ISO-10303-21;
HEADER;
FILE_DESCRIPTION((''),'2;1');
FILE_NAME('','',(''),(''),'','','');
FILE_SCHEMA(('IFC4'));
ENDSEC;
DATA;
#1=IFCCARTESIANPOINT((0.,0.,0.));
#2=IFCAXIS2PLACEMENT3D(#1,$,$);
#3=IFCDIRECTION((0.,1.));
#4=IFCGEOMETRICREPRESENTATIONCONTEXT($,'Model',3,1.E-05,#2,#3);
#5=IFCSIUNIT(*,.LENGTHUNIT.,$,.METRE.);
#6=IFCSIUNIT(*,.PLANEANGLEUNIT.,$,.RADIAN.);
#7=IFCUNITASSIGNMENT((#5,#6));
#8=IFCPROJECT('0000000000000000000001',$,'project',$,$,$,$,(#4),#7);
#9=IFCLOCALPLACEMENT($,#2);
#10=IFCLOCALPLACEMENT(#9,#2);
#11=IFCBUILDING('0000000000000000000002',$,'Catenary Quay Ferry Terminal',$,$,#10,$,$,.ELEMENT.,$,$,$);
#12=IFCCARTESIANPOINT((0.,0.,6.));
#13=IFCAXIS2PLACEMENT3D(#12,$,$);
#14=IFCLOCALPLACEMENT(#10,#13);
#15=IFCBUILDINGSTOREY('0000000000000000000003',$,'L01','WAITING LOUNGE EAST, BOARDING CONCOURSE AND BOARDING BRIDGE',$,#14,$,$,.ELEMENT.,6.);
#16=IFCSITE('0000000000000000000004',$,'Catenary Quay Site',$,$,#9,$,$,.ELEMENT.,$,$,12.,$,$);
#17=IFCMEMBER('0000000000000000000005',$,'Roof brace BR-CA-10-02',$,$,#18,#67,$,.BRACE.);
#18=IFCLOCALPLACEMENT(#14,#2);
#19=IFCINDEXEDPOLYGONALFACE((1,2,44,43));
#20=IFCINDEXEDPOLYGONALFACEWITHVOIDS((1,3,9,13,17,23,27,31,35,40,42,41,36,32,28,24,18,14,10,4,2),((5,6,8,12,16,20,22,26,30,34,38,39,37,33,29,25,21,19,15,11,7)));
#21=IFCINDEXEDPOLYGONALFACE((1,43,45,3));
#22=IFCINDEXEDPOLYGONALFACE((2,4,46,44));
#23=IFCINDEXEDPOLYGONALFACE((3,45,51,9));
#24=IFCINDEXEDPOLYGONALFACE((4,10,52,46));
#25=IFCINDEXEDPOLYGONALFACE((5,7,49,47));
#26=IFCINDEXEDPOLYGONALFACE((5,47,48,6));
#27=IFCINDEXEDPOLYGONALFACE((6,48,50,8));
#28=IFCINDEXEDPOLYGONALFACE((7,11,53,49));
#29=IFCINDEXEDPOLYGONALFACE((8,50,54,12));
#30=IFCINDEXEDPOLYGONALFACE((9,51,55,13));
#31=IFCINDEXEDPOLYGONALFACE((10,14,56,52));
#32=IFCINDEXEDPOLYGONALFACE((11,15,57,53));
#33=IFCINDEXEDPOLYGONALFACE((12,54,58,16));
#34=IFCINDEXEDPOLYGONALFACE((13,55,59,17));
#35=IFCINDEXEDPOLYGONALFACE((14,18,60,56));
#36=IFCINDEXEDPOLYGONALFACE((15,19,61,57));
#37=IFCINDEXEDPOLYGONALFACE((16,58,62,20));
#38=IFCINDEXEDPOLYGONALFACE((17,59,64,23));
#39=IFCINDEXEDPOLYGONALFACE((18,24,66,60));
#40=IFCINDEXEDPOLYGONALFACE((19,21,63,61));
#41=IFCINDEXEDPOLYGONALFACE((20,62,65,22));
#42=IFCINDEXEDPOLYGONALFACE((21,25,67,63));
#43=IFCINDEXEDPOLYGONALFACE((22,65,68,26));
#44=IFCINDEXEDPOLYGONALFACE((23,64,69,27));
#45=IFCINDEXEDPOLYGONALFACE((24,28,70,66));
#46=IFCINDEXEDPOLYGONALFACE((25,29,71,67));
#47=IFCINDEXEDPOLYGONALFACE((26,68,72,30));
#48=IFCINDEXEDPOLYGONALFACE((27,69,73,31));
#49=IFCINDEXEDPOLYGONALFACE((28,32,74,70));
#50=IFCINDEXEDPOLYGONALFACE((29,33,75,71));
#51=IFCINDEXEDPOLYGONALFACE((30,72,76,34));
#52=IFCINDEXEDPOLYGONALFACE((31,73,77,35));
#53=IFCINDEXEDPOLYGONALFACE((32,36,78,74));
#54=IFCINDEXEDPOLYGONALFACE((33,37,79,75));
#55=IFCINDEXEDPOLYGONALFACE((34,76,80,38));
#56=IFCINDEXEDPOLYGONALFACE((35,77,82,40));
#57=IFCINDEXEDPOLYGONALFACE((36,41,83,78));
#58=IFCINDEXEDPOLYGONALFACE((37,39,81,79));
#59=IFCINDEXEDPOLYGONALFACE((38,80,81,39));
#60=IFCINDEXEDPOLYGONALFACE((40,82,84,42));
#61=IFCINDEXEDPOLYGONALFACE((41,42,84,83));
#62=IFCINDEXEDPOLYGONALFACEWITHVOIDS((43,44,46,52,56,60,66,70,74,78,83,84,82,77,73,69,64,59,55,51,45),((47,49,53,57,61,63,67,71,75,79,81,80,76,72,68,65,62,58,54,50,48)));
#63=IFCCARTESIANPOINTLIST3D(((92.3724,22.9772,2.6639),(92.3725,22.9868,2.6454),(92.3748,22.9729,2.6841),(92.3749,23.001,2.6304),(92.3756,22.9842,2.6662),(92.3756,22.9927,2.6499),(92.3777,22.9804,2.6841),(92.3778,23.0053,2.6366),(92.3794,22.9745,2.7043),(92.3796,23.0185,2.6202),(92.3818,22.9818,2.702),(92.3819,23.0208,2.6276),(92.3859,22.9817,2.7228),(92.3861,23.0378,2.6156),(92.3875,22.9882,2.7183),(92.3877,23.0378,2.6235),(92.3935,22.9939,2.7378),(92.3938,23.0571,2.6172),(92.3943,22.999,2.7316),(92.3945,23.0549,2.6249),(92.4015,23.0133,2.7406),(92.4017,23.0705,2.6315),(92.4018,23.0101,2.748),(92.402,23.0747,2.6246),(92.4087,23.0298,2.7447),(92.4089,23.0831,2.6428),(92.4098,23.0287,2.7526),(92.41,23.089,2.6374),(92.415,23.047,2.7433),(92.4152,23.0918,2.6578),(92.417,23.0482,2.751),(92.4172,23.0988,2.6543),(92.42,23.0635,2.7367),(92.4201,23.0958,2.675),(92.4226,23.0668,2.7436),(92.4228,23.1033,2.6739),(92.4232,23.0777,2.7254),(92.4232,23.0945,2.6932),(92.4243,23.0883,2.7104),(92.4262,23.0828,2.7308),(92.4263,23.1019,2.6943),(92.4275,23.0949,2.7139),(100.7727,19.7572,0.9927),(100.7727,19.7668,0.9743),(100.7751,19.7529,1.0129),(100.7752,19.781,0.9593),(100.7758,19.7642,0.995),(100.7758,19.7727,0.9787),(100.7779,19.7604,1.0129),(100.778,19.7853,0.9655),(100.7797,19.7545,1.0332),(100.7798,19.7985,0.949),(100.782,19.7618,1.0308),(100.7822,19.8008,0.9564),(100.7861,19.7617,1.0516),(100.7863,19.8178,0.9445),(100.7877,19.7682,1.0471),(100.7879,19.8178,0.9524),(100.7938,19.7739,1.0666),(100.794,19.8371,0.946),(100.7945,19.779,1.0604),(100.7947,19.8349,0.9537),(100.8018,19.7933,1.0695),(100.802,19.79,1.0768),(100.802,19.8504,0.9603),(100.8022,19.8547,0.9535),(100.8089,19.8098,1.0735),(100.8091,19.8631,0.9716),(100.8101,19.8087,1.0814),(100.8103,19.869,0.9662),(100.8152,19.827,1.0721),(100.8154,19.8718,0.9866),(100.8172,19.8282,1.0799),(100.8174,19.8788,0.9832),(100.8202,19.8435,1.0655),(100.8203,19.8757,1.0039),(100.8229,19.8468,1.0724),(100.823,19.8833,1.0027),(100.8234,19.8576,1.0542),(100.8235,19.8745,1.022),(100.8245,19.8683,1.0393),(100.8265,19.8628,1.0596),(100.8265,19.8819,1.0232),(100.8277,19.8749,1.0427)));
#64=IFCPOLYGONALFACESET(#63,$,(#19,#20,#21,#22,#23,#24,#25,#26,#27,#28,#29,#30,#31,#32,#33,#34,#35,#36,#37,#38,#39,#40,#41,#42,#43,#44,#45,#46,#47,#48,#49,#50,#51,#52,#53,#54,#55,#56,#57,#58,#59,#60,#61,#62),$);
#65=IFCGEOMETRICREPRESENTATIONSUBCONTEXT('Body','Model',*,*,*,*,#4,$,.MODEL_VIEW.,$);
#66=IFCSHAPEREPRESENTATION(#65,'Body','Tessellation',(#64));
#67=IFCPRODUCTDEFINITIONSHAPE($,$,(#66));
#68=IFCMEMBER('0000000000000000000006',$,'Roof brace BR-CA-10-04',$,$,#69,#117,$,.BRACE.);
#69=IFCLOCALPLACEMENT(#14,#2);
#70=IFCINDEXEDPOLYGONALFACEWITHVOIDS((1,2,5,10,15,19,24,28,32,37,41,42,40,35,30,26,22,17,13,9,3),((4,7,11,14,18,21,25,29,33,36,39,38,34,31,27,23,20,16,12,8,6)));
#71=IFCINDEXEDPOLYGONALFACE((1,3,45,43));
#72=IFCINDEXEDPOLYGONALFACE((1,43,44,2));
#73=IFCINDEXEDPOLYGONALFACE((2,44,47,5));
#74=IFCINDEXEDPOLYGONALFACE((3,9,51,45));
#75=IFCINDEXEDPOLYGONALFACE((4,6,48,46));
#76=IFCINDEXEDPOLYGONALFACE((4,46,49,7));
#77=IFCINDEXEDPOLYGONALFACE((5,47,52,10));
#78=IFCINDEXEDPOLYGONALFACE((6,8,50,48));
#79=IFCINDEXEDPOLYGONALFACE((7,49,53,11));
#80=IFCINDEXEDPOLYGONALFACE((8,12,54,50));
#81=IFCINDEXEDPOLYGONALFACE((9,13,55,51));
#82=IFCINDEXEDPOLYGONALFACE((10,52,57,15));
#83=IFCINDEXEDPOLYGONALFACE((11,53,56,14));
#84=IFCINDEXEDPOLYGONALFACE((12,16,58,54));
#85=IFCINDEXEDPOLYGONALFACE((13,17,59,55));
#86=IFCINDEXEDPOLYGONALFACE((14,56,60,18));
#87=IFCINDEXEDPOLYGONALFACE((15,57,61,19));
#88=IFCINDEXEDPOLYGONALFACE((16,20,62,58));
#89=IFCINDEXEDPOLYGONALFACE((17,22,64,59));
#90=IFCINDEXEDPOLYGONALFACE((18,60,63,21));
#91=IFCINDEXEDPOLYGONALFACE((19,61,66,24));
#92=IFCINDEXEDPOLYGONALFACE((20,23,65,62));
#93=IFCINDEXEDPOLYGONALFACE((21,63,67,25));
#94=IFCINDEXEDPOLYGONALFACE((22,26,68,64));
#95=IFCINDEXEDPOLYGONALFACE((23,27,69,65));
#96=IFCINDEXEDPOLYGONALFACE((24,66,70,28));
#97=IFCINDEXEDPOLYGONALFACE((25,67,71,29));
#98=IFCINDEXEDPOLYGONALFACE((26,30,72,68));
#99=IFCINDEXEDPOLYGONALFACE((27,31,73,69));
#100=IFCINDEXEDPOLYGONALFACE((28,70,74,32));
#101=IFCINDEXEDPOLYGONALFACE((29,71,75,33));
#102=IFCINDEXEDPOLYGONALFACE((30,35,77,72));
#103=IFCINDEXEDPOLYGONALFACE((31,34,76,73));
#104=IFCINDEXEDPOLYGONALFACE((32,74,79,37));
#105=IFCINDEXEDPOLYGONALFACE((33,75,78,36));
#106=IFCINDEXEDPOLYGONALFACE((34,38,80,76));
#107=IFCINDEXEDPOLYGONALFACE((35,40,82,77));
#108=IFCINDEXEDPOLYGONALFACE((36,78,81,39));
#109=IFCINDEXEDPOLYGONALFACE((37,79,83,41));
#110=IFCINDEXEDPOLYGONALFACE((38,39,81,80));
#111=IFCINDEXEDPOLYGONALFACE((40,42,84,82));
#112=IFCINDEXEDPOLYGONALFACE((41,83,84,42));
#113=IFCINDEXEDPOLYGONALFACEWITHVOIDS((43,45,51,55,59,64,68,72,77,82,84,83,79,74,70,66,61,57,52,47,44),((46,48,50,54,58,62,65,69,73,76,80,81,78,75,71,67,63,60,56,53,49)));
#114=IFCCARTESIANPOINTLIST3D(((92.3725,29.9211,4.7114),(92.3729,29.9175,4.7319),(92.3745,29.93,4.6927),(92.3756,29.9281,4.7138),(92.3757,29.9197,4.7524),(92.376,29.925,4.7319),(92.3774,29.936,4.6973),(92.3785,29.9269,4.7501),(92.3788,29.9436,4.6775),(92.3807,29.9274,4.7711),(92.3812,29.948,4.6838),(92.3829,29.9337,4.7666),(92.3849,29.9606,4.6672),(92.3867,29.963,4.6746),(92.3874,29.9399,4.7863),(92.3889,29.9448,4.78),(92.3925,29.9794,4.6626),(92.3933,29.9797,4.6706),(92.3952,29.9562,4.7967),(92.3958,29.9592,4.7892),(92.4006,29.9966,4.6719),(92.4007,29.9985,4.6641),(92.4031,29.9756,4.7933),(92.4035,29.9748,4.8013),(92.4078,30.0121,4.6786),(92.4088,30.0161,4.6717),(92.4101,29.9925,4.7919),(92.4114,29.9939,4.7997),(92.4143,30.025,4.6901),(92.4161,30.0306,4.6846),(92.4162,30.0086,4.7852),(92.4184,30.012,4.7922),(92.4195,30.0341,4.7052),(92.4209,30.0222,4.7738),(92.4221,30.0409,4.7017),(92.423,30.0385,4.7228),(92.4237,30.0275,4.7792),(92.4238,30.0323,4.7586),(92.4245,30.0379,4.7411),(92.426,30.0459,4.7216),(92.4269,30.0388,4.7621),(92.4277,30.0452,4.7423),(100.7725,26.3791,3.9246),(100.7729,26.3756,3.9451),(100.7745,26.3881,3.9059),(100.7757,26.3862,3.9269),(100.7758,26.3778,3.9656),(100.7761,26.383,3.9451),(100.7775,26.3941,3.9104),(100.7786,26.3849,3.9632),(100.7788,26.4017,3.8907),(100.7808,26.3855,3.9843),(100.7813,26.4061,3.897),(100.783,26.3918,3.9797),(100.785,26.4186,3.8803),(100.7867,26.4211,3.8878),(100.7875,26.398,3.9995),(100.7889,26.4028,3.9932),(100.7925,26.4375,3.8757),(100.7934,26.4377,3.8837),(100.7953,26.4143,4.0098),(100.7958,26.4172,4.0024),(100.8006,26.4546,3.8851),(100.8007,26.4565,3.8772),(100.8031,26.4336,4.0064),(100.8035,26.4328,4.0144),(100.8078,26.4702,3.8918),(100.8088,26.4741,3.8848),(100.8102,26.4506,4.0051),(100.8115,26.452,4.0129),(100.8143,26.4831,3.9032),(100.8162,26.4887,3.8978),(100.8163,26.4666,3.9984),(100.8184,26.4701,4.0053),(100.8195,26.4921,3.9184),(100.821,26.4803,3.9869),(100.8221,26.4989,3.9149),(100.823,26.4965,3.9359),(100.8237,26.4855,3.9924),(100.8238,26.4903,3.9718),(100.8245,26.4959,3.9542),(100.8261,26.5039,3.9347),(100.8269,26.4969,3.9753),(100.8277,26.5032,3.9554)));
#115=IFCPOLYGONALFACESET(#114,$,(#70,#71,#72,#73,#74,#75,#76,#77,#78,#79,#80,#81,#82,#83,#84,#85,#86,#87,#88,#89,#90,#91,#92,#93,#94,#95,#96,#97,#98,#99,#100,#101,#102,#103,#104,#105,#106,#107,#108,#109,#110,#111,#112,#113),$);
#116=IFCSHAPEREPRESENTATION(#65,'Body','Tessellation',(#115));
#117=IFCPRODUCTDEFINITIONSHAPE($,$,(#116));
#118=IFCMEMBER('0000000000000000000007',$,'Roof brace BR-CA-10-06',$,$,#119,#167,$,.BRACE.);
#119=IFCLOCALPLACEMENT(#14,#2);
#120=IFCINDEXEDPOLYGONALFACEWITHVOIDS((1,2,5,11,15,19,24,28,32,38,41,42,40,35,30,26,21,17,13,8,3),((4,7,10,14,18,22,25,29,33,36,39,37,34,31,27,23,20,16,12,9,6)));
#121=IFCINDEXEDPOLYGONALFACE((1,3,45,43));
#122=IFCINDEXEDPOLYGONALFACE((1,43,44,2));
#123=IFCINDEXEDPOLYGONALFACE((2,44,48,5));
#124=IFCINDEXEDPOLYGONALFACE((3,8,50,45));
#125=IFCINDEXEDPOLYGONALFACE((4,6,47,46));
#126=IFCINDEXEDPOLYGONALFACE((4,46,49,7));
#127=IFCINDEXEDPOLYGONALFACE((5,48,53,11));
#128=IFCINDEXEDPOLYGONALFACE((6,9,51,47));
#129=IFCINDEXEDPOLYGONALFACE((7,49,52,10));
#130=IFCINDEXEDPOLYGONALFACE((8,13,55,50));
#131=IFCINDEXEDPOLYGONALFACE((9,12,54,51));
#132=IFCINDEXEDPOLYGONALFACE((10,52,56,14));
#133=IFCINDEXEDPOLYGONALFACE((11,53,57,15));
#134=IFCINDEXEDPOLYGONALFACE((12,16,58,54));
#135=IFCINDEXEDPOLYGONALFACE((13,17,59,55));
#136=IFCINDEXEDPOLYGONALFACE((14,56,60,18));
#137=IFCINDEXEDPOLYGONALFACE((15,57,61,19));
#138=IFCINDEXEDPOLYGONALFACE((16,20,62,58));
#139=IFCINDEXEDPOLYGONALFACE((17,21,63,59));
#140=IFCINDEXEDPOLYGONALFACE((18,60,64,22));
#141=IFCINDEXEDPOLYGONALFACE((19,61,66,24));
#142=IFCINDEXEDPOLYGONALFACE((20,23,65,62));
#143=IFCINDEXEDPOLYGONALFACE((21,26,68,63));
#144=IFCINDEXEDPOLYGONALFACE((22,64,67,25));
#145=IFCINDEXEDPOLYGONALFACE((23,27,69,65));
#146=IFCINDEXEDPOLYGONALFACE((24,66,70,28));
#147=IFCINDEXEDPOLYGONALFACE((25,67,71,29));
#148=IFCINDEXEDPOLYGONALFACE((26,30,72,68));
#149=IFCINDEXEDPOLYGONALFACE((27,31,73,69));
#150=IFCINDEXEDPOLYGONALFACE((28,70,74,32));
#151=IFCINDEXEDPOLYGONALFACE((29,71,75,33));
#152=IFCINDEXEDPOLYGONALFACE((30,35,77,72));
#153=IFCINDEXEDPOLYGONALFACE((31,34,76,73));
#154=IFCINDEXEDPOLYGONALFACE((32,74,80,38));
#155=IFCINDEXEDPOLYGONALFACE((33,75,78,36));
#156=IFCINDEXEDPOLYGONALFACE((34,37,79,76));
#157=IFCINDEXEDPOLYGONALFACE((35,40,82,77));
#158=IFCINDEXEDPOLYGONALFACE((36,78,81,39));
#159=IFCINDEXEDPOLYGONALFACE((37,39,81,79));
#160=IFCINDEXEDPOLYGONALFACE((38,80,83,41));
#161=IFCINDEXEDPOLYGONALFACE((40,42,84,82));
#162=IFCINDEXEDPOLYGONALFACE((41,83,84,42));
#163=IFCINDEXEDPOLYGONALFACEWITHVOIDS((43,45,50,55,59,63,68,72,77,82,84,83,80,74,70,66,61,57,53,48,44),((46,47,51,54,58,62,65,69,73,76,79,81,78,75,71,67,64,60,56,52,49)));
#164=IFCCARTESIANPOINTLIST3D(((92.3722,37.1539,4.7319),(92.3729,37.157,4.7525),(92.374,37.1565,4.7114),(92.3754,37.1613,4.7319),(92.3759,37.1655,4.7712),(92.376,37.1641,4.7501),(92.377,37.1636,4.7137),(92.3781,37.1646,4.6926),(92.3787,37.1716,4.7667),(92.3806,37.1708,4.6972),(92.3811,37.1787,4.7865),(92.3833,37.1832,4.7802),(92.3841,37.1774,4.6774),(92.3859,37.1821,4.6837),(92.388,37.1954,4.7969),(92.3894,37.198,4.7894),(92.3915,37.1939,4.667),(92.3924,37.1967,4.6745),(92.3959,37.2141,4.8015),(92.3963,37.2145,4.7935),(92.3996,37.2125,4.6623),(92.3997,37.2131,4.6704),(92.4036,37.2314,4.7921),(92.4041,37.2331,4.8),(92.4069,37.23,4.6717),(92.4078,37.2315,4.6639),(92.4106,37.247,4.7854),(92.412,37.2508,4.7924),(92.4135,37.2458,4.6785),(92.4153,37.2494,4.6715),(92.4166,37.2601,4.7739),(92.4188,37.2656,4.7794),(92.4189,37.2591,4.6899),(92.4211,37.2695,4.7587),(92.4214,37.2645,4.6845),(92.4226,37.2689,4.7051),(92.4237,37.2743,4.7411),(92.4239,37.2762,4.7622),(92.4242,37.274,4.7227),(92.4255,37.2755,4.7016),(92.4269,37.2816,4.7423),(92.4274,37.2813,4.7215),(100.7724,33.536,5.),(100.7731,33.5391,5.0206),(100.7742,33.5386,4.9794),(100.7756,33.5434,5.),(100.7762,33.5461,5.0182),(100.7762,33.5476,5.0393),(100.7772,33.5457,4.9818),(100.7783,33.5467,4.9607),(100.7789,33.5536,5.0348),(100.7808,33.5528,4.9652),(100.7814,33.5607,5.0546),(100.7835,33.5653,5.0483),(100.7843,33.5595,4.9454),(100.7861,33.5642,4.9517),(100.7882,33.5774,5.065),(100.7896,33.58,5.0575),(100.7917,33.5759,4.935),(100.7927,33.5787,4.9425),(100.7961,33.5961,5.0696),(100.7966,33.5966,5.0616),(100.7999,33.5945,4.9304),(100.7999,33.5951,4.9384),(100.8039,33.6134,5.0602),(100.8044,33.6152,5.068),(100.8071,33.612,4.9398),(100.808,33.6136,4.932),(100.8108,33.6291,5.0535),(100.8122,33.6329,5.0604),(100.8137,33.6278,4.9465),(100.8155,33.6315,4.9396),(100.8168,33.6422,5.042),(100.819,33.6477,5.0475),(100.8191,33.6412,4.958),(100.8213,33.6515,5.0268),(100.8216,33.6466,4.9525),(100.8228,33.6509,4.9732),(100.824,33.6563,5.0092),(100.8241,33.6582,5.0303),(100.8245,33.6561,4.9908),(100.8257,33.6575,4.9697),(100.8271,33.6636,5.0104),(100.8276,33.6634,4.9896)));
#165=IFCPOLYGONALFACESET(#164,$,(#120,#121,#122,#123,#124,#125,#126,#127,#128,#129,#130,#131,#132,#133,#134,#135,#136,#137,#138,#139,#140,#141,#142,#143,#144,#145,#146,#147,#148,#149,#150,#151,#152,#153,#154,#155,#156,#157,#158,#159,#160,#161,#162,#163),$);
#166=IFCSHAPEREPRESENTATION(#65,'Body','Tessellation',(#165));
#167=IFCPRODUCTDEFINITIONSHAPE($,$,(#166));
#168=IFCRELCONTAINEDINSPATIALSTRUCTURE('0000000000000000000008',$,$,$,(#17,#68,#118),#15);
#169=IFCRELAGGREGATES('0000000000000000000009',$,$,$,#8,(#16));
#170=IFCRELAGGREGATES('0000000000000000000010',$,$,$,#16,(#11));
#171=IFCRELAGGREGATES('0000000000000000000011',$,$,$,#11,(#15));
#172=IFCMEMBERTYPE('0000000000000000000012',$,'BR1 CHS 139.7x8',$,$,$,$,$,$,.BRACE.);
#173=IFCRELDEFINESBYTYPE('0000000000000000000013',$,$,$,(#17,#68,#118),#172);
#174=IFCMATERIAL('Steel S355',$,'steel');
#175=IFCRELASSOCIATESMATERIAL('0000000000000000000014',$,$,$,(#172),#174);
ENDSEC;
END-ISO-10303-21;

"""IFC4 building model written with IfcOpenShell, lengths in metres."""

from ifc_helpers import new_model, si_unit, direction, frame, origin, origin_2d, place, context, subcontext, project, spatial, hollow_circle, extrude, material, material_profile, profile_set, type_object, element, save


model = new_model("IFC4")

# Units and contexts
model_context = context("Model", 3, precision=1e-05, world=origin(), true_north=direction((0.0, 1.0)))
body_context = subcontext(model_context, "Body", "Model", "MODEL_VIEW")
ifc_project = project(units=[si_unit("LENGTHUNIT", "METRE"), si_unit("PLANEANGLEUNIT", "RADIAN")], contexts=[model_context])

# Site, building, storey
site_placement = place(None, origin())
site = spatial("IfcSite", under=ifc_project, at=site_placement, Name="Catenary Quay Site", CompositionType="ELEMENT", RefElevation=12.0)
building_placement = place(site_placement, origin())
building = spatial("IfcBuilding", under=site, at=building_placement, Name="Catenary Quay Ferry Terminal", CompositionType="ELEMENT")
storey_placement = place(building_placement, frame((0.0, 0.0, 6.0)))
storey = spatial("IfcBuildingStorey", under=building, at=storey_placement, Name="L01", Description="WAITING LOUNGE EAST, BOARDING CONCOURSE AND BOARDING BRIDGE", CompositionType="ELEMENT", Elevation=6.0)

# Members
ifc_material_1 = material(Name="Steel S355", Category="steel")
ifc_material_profile_1 = material_profile(ifc_material_1, hollow_circle(Radius=0.0698, WallThickness=0.0081, at=origin_2d()), Name="CHS 139.7x8")
ifc_profile_set_1 = profile_set([ifc_material_profile_1], Name="Steel S355")
member_type_1 = type_object("IfcMemberType", Name="BR1 CHS 139.7x8", PredefinedType="BRACE", material=ifc_profile_set_1)
for number, where, z_axis, x_axis, name in (
    (1, (100.8, 19.8181, 1.0129), (-0.918044, 0.351907, 0.182638), (-0.357928, -0.933749, 0.0), "Roof brace BR-CA-10-02"),
    (2, (100.8, 26.4399, 3.9451), (-0.918022, 0.387092, 0.085994), (-0.388531, -0.921436, 0.0), "Roof brace BR-CA-10-04"),
    (3, (100.8, 33.6001, 5.0), (-0.918042, 0.395398, -0.029297), (-0.395568, -0.918437, 0.0), "Roof brace BR-CA-10-06"),
):
    element("IfcMember", number, at=place(storey_placement, frame(where, z_axis=z_axis, x_axis=x_axis)), inside=storey, type_object=member_type_1, Name=name, PredefinedType="BRACE", context=body_context, shape_type="SweptSolid", body=[
        extrude(hollow_circle(Radius=0.0698, WallThickness=0.0081, at=origin_2d()), origin(), (0.0, 0.0, 1.0), 9.1501),
    ])

save(model, "model.ifc")
